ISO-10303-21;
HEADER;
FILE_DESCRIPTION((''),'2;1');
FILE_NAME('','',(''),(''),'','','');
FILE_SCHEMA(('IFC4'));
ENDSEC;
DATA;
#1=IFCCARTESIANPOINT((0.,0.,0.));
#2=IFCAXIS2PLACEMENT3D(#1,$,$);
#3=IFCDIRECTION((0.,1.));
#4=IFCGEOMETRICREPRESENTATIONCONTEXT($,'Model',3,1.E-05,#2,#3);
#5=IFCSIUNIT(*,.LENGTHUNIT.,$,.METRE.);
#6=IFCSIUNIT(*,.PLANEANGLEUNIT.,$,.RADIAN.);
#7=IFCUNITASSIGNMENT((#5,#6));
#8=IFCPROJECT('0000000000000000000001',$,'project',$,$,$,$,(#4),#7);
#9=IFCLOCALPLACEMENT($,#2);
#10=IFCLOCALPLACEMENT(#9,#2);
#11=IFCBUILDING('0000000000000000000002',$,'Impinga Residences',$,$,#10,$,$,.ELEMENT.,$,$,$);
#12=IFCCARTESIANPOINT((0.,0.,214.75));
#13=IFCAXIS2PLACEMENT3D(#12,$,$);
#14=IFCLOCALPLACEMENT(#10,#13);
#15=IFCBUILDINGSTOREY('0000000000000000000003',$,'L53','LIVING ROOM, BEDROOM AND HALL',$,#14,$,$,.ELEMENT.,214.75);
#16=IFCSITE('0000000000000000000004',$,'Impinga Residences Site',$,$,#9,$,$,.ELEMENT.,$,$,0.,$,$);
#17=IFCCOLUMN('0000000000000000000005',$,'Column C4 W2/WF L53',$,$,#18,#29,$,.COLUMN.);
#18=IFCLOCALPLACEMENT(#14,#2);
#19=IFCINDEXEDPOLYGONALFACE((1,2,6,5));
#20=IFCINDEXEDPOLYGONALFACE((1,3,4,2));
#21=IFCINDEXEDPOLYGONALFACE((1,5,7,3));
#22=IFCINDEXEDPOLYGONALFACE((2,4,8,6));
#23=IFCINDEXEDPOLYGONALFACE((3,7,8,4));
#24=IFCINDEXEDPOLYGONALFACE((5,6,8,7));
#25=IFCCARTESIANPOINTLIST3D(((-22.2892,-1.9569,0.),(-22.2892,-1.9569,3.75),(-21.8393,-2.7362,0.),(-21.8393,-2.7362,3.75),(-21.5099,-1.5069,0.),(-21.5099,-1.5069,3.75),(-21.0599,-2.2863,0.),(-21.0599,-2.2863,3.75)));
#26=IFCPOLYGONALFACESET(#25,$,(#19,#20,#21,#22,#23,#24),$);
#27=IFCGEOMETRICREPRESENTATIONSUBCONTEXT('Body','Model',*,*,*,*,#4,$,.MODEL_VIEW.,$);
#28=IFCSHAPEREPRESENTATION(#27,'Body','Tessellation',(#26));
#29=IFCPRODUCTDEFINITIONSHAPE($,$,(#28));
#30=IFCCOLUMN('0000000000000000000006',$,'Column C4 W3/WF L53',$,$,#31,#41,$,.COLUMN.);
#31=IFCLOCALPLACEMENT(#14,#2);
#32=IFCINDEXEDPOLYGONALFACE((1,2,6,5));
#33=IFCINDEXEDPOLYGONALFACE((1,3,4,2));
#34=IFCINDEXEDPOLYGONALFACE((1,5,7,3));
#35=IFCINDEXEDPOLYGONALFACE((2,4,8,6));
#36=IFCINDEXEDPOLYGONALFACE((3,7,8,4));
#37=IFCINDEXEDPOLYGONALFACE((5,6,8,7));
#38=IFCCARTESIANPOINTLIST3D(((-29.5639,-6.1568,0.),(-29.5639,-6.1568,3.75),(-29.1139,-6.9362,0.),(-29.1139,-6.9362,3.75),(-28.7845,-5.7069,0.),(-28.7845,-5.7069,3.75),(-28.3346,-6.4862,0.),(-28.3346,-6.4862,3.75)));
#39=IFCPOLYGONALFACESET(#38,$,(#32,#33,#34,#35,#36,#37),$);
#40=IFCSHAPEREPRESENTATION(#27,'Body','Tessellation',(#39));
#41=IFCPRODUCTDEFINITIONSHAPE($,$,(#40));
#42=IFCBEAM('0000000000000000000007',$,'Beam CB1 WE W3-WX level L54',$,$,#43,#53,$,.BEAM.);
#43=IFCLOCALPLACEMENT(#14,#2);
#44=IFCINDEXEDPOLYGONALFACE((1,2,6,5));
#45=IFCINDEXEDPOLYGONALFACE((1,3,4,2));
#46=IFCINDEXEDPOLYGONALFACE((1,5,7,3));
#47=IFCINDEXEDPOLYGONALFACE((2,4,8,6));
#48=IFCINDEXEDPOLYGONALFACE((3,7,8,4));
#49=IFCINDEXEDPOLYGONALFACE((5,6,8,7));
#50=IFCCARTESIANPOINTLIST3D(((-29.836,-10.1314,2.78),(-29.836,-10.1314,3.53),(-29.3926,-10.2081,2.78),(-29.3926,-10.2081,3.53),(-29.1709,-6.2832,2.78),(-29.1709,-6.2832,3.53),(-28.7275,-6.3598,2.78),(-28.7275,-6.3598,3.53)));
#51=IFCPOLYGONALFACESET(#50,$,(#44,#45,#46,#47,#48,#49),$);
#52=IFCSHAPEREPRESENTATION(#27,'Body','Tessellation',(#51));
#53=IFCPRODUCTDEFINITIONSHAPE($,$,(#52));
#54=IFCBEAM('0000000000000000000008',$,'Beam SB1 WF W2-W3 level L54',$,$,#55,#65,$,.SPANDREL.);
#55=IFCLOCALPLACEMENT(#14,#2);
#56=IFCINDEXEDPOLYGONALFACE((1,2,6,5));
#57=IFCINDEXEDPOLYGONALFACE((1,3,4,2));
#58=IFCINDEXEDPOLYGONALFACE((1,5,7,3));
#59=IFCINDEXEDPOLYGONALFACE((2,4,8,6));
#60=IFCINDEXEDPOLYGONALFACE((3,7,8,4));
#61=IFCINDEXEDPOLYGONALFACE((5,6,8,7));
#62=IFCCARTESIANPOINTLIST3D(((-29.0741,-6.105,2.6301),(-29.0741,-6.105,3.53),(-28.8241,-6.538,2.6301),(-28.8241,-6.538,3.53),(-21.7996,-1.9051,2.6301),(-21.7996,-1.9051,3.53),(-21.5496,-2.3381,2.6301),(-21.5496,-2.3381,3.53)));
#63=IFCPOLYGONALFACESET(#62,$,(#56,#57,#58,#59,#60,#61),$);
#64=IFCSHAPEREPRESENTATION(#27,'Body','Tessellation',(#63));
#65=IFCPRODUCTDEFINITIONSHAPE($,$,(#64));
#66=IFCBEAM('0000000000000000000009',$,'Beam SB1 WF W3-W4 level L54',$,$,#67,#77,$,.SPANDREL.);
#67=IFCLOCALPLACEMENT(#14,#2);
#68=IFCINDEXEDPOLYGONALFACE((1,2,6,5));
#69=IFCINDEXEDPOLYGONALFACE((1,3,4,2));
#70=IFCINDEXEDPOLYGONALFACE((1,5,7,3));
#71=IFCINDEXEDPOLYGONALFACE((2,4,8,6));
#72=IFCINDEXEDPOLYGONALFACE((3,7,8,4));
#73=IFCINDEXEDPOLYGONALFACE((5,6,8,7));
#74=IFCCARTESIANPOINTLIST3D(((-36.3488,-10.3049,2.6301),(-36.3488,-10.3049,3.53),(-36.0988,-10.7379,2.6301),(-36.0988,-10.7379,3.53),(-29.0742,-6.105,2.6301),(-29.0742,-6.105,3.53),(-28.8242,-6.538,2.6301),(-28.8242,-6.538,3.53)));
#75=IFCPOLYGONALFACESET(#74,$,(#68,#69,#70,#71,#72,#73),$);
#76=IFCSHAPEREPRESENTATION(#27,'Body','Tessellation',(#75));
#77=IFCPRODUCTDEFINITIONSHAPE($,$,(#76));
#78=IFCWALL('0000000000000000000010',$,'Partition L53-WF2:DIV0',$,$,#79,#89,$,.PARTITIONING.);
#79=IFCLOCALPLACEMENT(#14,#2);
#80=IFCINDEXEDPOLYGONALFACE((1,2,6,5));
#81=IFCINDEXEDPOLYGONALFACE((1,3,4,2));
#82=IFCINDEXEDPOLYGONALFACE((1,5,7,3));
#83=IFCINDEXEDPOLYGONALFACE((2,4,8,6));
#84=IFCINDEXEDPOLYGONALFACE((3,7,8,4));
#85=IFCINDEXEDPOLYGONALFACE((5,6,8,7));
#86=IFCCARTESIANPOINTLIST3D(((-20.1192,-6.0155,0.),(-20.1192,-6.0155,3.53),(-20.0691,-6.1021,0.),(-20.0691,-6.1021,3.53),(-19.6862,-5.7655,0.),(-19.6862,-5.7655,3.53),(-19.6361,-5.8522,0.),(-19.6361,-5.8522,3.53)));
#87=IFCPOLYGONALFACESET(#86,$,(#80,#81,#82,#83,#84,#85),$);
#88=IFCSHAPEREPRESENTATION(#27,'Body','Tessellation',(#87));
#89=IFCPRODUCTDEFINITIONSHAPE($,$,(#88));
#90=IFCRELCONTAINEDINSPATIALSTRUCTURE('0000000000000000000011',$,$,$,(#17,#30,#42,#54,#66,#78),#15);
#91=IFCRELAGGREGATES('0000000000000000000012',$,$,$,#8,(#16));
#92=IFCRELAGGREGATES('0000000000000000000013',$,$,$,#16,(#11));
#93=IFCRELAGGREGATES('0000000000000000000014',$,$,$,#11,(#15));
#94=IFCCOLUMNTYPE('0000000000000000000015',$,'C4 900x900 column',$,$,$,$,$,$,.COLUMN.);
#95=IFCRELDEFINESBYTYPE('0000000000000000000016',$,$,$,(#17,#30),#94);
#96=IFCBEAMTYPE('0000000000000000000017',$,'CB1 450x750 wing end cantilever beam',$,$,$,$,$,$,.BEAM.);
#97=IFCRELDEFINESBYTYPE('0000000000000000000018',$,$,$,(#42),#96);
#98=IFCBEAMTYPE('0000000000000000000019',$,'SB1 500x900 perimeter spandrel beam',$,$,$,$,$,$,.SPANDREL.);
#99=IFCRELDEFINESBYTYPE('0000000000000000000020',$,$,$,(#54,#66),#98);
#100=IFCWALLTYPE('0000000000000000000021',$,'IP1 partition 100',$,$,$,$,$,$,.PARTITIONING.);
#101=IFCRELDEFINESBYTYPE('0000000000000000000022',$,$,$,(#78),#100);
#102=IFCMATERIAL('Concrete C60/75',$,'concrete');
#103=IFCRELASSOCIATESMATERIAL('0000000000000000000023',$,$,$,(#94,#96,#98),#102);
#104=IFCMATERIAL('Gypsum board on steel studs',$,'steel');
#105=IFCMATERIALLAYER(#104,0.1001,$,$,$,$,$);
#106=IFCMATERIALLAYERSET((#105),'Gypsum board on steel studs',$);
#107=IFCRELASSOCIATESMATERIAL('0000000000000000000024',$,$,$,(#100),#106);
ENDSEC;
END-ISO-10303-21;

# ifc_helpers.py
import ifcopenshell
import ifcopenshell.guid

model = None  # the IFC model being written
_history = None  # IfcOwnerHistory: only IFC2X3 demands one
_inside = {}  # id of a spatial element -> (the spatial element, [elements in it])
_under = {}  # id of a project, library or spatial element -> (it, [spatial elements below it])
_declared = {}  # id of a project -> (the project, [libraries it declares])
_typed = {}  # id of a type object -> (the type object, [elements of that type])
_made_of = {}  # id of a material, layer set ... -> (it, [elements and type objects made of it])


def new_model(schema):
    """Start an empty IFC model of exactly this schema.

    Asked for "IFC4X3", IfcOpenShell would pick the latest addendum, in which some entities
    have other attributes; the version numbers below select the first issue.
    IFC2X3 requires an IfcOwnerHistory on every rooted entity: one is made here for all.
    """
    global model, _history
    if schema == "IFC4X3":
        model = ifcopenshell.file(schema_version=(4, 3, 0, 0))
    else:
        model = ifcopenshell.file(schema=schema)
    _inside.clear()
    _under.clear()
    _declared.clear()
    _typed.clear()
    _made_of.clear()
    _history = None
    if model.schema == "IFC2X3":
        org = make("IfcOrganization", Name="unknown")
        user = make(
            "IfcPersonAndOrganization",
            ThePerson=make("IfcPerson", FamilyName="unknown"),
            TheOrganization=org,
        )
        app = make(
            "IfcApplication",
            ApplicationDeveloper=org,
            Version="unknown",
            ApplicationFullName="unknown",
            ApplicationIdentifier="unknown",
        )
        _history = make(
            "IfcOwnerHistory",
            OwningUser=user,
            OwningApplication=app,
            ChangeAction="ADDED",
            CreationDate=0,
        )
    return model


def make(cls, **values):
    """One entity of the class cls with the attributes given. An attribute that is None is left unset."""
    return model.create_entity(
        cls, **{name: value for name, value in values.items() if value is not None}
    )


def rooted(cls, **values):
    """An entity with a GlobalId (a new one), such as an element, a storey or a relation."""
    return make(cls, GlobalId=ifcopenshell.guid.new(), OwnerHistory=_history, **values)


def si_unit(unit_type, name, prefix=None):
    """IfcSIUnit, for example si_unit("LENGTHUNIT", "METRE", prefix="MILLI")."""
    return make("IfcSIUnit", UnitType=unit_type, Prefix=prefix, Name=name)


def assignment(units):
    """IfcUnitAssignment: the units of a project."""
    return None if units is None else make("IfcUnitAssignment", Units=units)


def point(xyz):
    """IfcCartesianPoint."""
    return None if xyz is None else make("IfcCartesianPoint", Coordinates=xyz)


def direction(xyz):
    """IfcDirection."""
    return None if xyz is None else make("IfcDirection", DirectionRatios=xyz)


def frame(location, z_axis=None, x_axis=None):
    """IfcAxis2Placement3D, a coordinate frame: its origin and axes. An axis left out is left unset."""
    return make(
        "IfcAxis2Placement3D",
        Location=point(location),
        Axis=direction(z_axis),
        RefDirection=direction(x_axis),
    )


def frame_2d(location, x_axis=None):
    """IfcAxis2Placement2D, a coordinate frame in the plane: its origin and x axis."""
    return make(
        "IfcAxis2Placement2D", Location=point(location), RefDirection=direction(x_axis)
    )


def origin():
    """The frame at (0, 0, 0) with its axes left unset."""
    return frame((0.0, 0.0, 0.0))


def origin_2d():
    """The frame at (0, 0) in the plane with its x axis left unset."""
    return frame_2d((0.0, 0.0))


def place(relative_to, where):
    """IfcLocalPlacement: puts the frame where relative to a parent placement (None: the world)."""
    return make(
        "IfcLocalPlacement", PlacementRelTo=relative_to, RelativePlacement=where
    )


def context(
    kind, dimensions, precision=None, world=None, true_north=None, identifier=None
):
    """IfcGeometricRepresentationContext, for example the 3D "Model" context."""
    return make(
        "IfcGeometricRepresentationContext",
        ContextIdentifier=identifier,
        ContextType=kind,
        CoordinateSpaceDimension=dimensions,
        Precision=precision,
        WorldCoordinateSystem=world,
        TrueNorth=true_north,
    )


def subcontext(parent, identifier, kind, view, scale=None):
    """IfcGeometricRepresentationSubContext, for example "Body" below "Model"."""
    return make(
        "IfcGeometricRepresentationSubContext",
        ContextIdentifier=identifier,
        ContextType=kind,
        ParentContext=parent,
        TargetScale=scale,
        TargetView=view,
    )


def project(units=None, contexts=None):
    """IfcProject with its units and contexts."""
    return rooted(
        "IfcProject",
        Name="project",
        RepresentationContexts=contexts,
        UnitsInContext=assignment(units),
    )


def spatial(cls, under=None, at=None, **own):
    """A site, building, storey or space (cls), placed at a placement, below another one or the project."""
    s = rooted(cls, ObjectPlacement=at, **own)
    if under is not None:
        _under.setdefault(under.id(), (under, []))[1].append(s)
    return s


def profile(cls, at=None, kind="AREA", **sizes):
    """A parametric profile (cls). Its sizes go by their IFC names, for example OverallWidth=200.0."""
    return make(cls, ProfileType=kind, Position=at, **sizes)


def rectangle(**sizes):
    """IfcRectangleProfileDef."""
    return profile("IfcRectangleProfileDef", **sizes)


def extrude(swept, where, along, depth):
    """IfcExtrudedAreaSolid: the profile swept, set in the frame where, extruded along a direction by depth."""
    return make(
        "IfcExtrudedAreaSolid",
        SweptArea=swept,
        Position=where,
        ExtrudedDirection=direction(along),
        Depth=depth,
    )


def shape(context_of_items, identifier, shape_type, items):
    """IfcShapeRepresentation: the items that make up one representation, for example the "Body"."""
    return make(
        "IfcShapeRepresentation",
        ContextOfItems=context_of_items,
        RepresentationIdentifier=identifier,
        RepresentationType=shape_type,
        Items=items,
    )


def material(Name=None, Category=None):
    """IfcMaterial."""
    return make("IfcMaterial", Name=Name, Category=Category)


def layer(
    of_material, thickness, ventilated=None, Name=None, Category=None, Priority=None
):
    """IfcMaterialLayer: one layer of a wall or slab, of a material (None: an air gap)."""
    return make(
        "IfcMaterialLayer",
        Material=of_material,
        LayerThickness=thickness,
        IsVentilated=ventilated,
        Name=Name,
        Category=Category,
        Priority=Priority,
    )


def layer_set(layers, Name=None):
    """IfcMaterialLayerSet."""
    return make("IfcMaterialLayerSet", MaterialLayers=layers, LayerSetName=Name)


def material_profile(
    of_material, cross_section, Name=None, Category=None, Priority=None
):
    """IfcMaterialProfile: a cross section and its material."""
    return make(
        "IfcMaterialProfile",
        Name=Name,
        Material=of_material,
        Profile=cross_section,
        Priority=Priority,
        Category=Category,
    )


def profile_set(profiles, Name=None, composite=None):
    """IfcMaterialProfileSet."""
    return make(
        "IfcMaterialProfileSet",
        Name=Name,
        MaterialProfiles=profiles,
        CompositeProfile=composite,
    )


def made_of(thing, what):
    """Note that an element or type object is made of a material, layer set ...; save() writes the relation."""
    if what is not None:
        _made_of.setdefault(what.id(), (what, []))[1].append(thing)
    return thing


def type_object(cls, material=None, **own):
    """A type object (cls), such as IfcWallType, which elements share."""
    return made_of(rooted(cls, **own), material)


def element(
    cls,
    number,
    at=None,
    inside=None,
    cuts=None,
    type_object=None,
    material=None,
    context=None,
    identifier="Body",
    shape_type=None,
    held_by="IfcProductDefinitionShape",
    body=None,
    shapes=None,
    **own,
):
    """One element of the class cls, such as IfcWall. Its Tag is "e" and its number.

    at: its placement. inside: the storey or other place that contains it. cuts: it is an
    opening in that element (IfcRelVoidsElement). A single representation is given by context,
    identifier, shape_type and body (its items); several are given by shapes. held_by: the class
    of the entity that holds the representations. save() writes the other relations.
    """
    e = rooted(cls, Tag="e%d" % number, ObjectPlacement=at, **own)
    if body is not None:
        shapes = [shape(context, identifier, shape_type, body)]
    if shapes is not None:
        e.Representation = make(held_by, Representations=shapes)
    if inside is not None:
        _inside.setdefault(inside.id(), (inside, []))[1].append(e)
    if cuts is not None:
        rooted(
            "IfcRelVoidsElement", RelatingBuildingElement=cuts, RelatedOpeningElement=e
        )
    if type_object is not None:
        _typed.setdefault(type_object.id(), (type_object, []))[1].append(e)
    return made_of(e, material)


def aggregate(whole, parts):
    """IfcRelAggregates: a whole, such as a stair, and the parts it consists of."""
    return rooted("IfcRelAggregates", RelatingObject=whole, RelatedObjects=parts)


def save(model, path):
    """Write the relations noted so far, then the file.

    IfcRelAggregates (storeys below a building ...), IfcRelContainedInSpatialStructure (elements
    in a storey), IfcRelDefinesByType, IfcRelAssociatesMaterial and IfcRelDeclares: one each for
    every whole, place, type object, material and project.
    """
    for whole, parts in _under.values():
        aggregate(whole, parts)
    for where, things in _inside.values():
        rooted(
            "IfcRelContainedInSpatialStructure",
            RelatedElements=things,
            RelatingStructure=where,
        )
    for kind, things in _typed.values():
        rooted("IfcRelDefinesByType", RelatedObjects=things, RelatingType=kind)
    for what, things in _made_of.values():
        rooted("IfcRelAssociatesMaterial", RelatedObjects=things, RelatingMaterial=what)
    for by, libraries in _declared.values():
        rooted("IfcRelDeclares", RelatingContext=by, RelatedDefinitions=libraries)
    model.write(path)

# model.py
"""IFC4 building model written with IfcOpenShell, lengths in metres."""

from ifc_helpers import new_model, si_unit, direction, frame, frame_2d, origin, origin_2d, place, context, subcontext, project, spatial, rectangle, extrude, material, layer, layer_set, material_profile, profile_set, type_object, element, save


model = new_model("IFC4")

# Units and contexts
model_context = context("Model", 3, precision=1e-05, world=origin(), true_north=direction((0.0, 1.0)))
body_context = subcontext(model_context, "Body", "Model", "MODEL_VIEW")
ifc_project = project(units=[si_unit("LENGTHUNIT", "METRE"), si_unit("PLANEANGLEUNIT", "RADIAN")], contexts=[model_context])

# Site, building, storey
site_placement = place(None, origin())
site = spatial("IfcSite", under=ifc_project, at=site_placement, Name="Impinga Residences Site", CompositionType="ELEMENT", RefElevation=0.0)
building_placement = place(site_placement, origin())
building = spatial("IfcBuilding", under=site, at=building_placement, Name="Impinga Residences", CompositionType="ELEMENT")
storey_placement = place(building_placement, frame((0.0, 0.0, 214.75)))
storey = spatial("IfcBuildingStorey", under=building, at=storey_placement, Name="L53", Description="LIVING ROOM, BEDROOM AND HALL", CompositionType="ELEMENT", Elevation=214.75)

# Columns
ifc_material_1 = material(Name="Concrete C60/75", Category="concrete")
ifc_material_profile_1 = material_profile(ifc_material_1, rectangle(XDim=0.8999, YDim=0.8999, at=origin_2d()), Name="RC 900x900")
ifc_profile_set_1 = profile_set([ifc_material_profile_1], Name="Concrete C60/75")
column_type = type_object("IfcColumnType", Name="C4 900x900 column", PredefinedType="COLUMN", material=ifc_profile_set_1)
for number, where, z_axis, x_axis, name in (
    (1, (-21.6746, -2.1216, 0.0), (0.0, 0.0, 1.0), (-0.5, 0.866025, 0.0), "Column C4 W2/WF L53"),
    (2, (-28.9492, -6.3215, 0.0), (0.0, 0.0, 1.0), (-0.5, 0.866025, 0.0), "Column C4 W3/WF L53"),
):
    element("IfcColumn", number, at=place(storey_placement, frame(where, z_axis=z_axis, x_axis=x_axis)), inside=storey, type_object=column_type, Name=name, PredefinedType="COLUMN", context=body_context, shape_type="SweptSolid", body=[
        extrude(rectangle(XDim=0.8999, YDim=0.8999, at=origin_2d()), origin(), (0.0, 0.0, 1.0), 3.75),
    ])

# Beams
ifc_material_profile_2 = material_profile(ifc_material_1, rectangle(XDim=0.45, YDim=0.75, at=origin_2d()), Name="RC 450x750")
ifc_profile_set_2 = profile_set([ifc_material_profile_2], Name="Concrete C60/75")
beam_type_1 = type_object("IfcBeamType", Name="CB1 450x750 wing end cantilever beam", PredefinedType="BEAM", material=ifc_profile_set_2)
beam_placement = place(storey_placement, frame((-28.9492, -6.3215, 3.155), z_axis=(-0.170296, -0.985393, 0.0), x_axis=(0.985393, -0.170296, 0.0)))
element("IfcBeam", 3, at=beam_placement, inside=storey, type_object=beam_type_1, Name="Beam CB1 WE W3-WX level L54", PredefinedType="BEAM", context=body_context, shape_type="SweptSolid", body=[
    extrude(rectangle(XDim=0.45, YDim=0.75, at=origin_2d()), origin(), (0.0, 0.0, 1.0), 3.9053),
])
ifc_material_profile_3 = material_profile(ifc_material_1, rectangle(XDim=0.5, YDim=0.8999, at=origin_2d()), Name="RC 500x900")
ifc_profile_set_3 = profile_set([ifc_material_profile_3], Name="Concrete C60/75")
beam_type_2 = type_object("IfcBeamType", Name="SB1 500x900 perimeter spandrel beam", PredefinedType="SPANDREL", material=ifc_profile_set_3)
for number, where, z_axis, x_axis, name in (
    (4, (-21.6746, -2.1216, 3.0801), (-0.866029, -0.499993, 0.0), (0.499993, -0.866029, 0.0), "Beam SB1 WF W2-W3 level L54"),
    (5, (-28.9492, -6.3215, 3.0801), (-0.866029, -0.499993, 0.0), (0.499993, -0.866029, 0.0), "Beam SB1 WF W3-W4 level L54"),
):
    element("IfcBeam", number, at=place(storey_placement, frame(where, z_axis=z_axis, x_axis=x_axis)), inside=storey, type_object=beam_type_2, Name=name, PredefinedType="SPANDREL", context=body_context, shape_type="SweptSolid", body=[
        extrude(rectangle(XDim=0.5, YDim=0.8999, at=origin_2d()), origin(), (0.0, 0.0, 1.0), 8.3999),
    ])

# Wall
ifc_material_2 = material(Name="Gypsum board on steel studs", Category="steel")
ifc_layer_1 = layer(ifc_material_2, 0.1001)
ifc_layer_set_1 = layer_set([ifc_layer_1], Name="Gypsum board on steel studs")
wall_type_1 = type_object("IfcWallType", Name="IP1 partition 100", PredefinedType="PARTITIONING", material=ifc_layer_set_1)
wall_1_placement = place(storey_placement, frame((-19.6611, -5.8088, 0.0), z_axis=(0.0, 0.0, 1.0), x_axis=(-0.866072, -0.49992, 0.0)))
element("IfcWall", 6, at=wall_1_placement, inside=storey, type_object=wall_type_1, Name="Partition L53-WF2:DIV0", PredefinedType="PARTITIONING", context=body_context, shape_type="SweptSolid", body=[
    extrude(rectangle(XDim=0.5, YDim=0.1001, at=frame_2d((0.25, 0.0))), origin(), (0.0, 0.0, 1.0), 3.53),
])

save(model, "model.ifc")
